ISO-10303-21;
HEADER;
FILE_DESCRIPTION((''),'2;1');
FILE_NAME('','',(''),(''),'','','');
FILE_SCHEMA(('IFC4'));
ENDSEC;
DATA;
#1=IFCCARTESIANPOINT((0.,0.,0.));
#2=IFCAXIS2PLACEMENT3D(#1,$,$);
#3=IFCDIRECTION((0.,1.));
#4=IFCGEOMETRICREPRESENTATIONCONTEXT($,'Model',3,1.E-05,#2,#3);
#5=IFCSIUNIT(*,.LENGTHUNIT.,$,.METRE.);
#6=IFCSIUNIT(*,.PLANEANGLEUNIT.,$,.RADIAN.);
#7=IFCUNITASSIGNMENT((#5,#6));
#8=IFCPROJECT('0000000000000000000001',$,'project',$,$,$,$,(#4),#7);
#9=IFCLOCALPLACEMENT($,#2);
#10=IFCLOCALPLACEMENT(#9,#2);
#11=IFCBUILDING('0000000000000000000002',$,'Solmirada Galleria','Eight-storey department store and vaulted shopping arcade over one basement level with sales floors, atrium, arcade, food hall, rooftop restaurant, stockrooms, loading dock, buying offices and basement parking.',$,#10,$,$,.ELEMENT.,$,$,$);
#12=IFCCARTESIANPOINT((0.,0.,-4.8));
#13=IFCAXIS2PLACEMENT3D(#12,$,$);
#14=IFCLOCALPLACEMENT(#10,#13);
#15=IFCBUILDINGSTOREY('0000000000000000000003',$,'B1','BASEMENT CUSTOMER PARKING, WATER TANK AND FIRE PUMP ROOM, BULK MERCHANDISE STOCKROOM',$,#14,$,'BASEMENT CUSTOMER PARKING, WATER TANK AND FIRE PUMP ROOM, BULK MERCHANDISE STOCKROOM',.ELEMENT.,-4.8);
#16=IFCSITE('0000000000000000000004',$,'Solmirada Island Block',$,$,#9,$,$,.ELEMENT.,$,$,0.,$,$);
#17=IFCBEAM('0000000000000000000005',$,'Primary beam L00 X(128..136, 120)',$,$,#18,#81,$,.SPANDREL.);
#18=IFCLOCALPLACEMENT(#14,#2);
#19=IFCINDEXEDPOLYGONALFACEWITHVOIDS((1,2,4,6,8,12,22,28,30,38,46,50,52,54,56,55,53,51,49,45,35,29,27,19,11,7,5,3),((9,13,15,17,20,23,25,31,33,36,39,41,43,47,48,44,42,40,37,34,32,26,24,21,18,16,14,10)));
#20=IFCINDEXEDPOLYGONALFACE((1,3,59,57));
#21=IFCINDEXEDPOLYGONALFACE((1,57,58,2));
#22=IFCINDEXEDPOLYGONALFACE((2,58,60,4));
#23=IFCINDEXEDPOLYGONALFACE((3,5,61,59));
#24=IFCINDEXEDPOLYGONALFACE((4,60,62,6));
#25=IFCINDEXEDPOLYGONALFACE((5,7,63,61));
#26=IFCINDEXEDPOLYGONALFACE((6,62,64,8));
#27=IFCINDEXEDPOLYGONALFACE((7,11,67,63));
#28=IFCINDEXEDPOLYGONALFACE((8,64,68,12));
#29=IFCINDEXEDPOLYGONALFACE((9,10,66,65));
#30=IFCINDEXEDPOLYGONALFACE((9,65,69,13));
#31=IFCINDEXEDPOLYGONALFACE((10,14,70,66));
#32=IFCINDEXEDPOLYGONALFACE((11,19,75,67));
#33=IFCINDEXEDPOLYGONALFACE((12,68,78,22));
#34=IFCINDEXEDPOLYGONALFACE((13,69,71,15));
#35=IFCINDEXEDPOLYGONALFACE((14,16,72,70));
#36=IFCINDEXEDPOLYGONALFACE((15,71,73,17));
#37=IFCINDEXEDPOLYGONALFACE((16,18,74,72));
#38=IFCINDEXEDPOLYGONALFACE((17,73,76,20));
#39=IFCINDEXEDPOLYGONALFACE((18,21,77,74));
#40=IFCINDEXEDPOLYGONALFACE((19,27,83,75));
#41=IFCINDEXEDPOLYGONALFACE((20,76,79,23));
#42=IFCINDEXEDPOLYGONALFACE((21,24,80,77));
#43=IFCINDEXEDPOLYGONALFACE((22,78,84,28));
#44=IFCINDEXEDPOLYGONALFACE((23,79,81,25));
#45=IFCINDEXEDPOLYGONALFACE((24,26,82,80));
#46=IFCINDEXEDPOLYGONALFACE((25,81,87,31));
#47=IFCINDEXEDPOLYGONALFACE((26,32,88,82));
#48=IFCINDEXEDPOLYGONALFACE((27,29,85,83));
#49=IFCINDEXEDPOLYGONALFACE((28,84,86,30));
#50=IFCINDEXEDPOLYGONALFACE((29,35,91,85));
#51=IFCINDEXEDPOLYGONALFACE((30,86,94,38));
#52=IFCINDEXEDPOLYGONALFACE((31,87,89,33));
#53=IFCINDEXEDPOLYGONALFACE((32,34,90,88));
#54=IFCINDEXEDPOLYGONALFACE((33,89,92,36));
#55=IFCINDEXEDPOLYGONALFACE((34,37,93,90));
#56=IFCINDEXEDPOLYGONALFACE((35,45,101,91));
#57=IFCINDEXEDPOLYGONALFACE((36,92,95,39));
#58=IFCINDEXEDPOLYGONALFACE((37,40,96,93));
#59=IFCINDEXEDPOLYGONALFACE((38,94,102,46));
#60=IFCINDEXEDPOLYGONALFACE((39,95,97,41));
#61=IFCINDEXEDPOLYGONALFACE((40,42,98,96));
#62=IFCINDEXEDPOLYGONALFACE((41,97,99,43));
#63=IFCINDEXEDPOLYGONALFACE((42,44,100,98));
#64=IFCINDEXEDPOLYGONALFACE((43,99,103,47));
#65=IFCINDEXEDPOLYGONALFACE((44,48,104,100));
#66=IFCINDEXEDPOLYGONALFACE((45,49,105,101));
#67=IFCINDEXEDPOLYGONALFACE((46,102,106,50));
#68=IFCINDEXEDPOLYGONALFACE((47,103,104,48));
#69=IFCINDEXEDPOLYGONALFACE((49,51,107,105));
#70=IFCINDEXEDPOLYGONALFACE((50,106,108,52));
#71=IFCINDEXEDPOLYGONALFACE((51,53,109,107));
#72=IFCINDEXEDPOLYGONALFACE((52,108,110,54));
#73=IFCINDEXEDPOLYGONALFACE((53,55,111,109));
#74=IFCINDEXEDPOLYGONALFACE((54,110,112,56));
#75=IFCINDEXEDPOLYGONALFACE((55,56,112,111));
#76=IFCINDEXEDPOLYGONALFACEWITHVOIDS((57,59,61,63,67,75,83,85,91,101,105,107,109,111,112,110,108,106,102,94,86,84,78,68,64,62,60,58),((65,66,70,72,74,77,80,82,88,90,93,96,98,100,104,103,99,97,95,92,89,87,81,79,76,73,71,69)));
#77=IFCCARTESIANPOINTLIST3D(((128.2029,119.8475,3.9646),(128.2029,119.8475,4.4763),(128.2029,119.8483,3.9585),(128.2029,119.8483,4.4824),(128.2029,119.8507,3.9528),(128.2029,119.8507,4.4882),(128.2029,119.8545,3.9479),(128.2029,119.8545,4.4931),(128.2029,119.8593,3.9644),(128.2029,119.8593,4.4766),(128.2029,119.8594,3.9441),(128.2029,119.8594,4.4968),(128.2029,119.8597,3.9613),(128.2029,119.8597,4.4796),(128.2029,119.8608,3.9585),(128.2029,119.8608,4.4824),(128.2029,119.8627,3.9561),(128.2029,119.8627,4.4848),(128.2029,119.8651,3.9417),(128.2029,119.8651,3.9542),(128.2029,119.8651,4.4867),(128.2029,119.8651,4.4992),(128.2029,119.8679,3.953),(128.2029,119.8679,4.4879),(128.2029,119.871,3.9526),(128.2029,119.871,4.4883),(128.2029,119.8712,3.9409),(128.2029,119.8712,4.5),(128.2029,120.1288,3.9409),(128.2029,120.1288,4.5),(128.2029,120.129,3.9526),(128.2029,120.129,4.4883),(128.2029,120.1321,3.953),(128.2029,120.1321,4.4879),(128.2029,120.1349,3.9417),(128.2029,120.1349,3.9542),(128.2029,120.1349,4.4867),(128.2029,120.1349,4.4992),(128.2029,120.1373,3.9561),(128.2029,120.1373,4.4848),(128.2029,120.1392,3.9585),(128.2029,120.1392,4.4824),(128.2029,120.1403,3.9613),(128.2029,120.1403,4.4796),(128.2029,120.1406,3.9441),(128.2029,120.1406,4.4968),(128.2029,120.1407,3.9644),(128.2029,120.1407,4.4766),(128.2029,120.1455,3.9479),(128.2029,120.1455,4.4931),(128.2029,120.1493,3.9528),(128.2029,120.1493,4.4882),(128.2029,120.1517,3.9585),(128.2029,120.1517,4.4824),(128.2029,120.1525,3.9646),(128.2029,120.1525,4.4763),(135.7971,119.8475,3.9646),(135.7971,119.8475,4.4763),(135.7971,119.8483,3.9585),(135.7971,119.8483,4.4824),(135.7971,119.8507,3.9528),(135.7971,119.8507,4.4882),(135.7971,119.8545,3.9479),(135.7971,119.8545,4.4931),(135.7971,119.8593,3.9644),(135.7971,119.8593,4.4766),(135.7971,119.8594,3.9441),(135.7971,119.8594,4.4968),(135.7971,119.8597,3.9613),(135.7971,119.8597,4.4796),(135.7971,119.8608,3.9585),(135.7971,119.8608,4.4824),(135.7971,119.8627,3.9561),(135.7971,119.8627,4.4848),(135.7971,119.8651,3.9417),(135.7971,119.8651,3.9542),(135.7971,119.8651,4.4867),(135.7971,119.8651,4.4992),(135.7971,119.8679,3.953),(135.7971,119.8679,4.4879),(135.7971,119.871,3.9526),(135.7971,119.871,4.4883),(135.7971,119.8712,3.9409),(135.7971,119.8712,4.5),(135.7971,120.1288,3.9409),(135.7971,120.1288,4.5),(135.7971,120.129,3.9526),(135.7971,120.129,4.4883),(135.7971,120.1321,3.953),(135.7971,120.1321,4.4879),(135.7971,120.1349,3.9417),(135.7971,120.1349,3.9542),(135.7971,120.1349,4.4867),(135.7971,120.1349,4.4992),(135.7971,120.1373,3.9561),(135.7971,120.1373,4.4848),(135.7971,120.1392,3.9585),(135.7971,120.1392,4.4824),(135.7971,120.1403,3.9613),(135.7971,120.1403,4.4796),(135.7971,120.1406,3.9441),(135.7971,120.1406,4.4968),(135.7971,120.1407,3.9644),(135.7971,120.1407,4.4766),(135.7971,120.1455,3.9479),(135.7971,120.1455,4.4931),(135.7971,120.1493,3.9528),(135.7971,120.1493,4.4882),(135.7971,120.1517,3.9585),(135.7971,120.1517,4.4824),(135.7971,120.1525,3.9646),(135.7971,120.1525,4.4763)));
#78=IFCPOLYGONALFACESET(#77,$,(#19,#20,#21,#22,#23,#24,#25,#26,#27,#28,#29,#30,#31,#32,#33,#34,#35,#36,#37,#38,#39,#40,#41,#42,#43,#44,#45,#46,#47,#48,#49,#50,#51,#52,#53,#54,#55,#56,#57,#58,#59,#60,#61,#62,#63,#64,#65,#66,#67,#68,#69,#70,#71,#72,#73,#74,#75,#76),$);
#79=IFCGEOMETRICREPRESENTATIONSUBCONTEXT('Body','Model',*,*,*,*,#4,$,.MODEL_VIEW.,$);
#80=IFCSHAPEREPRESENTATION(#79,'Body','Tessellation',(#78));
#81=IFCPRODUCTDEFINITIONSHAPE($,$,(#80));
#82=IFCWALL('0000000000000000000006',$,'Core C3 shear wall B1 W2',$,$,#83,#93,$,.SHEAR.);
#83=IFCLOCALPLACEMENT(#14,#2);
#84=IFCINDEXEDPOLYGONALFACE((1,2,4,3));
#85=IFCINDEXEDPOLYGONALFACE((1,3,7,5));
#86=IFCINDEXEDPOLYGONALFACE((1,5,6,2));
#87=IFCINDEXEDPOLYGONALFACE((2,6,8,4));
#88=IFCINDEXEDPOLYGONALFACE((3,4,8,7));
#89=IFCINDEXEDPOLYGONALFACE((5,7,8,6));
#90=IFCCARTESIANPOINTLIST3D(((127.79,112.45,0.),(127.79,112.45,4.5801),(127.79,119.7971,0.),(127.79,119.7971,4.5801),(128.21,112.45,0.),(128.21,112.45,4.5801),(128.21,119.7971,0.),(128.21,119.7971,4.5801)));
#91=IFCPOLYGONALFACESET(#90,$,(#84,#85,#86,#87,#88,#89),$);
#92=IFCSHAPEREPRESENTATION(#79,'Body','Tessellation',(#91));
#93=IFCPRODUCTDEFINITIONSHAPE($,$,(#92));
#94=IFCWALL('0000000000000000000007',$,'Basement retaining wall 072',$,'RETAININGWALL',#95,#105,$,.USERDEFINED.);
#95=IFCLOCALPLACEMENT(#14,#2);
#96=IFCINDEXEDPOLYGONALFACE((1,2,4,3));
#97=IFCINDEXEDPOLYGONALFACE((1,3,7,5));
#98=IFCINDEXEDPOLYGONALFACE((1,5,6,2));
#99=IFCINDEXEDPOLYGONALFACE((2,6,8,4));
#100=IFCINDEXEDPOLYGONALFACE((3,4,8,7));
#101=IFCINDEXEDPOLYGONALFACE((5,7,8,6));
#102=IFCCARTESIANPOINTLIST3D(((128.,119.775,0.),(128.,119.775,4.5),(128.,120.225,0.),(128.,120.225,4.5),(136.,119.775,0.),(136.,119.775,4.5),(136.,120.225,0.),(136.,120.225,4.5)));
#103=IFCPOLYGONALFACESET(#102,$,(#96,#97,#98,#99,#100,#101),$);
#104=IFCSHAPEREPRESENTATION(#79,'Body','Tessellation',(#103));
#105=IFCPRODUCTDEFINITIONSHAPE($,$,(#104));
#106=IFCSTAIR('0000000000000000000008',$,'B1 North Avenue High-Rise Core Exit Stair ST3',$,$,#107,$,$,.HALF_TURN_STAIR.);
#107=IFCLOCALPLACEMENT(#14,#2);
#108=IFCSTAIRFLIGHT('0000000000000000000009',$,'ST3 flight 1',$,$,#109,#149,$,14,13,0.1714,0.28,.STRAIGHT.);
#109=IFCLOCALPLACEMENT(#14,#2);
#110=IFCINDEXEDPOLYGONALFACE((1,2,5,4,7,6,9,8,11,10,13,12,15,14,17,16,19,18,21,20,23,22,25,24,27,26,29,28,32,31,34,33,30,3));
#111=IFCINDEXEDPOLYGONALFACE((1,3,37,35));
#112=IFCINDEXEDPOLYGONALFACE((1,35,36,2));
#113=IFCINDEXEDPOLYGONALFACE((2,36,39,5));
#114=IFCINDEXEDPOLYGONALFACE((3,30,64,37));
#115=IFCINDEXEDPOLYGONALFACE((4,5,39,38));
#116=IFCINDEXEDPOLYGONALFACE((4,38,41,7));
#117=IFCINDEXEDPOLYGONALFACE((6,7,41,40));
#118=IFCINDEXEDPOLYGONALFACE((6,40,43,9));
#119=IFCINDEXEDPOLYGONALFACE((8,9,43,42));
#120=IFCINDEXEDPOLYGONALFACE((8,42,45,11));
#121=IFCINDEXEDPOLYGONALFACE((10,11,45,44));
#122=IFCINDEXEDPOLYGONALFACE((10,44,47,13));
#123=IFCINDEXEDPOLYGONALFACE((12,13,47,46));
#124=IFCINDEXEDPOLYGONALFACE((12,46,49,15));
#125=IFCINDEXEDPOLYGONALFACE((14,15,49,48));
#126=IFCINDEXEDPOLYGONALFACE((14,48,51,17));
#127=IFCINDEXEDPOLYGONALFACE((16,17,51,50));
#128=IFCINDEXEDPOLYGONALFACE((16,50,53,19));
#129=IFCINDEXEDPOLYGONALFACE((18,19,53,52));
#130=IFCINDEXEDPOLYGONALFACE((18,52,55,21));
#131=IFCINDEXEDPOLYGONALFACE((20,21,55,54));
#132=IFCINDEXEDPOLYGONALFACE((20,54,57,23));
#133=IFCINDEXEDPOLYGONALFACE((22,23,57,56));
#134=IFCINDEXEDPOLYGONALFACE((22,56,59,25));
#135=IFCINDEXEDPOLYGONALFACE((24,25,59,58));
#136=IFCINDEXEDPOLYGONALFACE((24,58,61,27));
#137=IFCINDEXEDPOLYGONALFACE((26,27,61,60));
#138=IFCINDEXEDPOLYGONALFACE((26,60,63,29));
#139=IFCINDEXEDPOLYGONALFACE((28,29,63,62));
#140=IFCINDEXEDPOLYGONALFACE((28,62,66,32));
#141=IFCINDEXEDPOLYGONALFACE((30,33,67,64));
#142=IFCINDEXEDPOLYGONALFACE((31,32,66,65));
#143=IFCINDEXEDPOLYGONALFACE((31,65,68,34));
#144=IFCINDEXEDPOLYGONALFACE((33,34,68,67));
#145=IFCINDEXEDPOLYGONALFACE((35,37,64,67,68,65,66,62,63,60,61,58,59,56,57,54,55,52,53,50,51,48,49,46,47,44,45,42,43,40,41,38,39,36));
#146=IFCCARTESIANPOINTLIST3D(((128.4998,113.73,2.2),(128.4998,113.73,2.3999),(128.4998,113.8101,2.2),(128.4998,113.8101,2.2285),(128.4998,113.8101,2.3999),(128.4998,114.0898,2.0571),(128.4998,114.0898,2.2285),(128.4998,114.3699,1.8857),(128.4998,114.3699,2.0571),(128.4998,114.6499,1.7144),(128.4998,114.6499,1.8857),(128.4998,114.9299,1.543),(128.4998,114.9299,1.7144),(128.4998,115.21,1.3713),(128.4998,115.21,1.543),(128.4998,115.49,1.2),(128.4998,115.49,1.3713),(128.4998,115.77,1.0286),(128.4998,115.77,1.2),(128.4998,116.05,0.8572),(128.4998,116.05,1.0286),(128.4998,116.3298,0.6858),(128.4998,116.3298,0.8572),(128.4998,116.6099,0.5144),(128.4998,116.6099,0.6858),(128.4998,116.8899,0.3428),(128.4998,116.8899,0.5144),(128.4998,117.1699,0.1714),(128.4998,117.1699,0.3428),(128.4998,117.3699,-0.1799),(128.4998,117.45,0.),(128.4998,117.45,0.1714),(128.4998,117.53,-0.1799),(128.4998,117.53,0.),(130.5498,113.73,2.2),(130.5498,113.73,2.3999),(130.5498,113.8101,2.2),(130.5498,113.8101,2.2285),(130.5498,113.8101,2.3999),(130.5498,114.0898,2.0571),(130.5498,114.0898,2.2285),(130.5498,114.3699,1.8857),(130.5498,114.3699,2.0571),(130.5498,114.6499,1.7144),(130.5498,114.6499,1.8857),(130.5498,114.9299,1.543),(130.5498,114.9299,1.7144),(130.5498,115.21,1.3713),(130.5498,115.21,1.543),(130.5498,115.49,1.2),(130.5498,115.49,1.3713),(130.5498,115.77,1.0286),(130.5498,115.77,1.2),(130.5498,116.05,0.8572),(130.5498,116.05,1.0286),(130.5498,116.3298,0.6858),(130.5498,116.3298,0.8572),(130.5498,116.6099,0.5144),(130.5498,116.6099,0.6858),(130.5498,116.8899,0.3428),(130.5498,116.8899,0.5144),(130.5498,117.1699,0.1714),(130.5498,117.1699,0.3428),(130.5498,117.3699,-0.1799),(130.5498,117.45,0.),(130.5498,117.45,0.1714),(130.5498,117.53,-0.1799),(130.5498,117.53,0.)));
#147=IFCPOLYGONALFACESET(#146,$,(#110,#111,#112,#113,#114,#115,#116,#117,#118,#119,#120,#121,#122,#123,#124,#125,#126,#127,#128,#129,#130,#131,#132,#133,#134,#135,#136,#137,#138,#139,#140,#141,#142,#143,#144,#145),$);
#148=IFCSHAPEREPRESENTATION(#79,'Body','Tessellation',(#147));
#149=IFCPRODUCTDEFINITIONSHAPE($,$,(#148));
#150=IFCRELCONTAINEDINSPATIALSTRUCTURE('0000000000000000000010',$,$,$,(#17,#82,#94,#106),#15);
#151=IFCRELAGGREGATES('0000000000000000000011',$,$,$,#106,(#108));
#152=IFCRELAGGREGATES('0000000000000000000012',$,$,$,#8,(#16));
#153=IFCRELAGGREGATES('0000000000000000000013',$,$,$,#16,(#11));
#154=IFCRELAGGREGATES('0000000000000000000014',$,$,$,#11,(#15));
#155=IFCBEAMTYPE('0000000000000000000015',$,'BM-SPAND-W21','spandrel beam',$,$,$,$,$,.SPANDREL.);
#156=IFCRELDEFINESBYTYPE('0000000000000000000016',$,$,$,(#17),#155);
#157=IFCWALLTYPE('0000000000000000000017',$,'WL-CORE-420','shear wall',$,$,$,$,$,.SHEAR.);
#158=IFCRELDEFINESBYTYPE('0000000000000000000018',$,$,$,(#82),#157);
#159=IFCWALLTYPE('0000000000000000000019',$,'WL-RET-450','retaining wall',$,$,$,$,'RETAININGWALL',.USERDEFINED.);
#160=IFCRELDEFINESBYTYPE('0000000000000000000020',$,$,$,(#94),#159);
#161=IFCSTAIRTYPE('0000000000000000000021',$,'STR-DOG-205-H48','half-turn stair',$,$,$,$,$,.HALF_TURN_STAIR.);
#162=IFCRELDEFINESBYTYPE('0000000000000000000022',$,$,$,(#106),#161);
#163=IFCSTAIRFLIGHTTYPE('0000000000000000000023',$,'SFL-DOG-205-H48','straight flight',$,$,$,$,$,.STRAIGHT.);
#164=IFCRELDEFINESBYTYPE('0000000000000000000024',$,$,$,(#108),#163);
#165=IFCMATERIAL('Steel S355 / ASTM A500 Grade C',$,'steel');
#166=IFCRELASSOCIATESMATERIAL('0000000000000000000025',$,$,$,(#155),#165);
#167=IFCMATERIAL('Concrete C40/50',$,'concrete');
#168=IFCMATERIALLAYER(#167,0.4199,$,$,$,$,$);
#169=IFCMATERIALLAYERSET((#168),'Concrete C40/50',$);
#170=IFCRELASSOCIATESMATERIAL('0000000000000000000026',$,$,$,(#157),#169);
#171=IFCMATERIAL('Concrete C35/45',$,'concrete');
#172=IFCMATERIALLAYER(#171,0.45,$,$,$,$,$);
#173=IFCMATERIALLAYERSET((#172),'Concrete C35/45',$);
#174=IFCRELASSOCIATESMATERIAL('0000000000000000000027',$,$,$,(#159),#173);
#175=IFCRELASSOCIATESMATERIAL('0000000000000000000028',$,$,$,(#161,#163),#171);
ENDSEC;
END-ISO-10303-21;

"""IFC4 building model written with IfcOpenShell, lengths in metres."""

from ifc_helpers import new_model, si_unit, direction, frame, frame_2d, origin, origin_2d, place, context, subcontext, project, spatial, polyline, rectangle, hollow_rectangle, outline, extrude, material, layer, layer_set, material_profile, profile_set, type_object, element, aggregate, save


model = new_model("IFC4")

# Units and contexts
model_context = context("Model", 3, precision=1e-05, world=origin(), true_north=direction((0.0, 1.0)))
body_context = subcontext(model_context, "Body", "Model", "MODEL_VIEW")
ifc_project = project(units=[si_unit("LENGTHUNIT", "METRE"), si_unit("PLANEANGLEUNIT", "RADIAN")], contexts=[model_context])

# Site, building, storey
site_placement = place(None, origin())
site = spatial("IfcSite", under=ifc_project, at=site_placement, Name="Solmirada Island Block", CompositionType="ELEMENT", RefElevation=0.0)
building_placement = place(site_placement, origin())
building = spatial("IfcBuilding", under=site, at=building_placement, Name="Solmirada Galleria", Description="Eight-storey department store and vaulted shopping arcade over one basement level with sales floors, atrium, arcade, food hall, rooftop restaurant, stockrooms, loading dock, buying offices and basement parking.", CompositionType="ELEMENT")
storey_placement = place(building_placement, frame((0.0, 0.0, -4.8)))
storey = spatial("IfcBuildingStorey", under=building, at=storey_placement, Name="B1", Description="BASEMENT CUSTOMER PARKING, WATER TANK AND FIRE PUMP ROOM, BULK MERCHANDISE STOCKROOM", LongName="BASEMENT CUSTOMER PARKING, WATER TANK AND FIRE PUMP ROOM, BULK MERCHANDISE STOCKROOM", CompositionType="ELEMENT", Elevation=-4.8)

# Shared definitions
ifc_material_1 = material(Name="Concrete C35/45", Category="concrete")

# Shared definitions
ifc_material_2 = material(Name="Concrete C40/50", Category="concrete")

# Shared definitions
ifc_material_3 = material(Name="Steel S355 / ASTM A500 Grade C", Category="steel")

# Beam
ifc_material_profile_1 = material_profile(ifc_material_3, hollow_rectangle(XDim=0.3049, YDim=0.5591, WallThickness=0.0117, InnerFilletRadius=0.0117, OuterFilletRadius=0.0237, at=origin_2d()), Name="HSS22X12X1/2")
ifc_profile_set_1 = profile_set([ifc_material_profile_1], Name="Steel S355 / ASTM A500 Grade C")
beam_type_1 = type_object("IfcBeamType", Name="BM-SPAND-W21", Description="spandrel beam", PredefinedType="SPANDREL", material=ifc_profile_set_1)
beam_1_placement = place(storey_placement, frame((128.2029, 120.0, 4.2205), z_axis=(1.0, 0.0, 0.0), x_axis=(0.0, 1.0, 0.0)))
element("IfcBeam", 1, at=beam_1_placement, inside=storey, type_object=beam_type_1, Name="Primary beam L00 X(128..136, 120)", PredefinedType="SPANDREL", context=body_context, shape_type="SweptSolid", body=[
    extrude(hollow_rectangle(XDim=0.3049, YDim=0.5591, WallThickness=0.0117, InnerFilletRadius=0.0117, OuterFilletRadius=0.0237, at=origin_2d()), origin(), (0.0, 0.0, 1.0), 7.5942),
])

# Walls
ifc_layer_1 = layer(ifc_material_2, 0.4199)
ifc_layer_set_1 = layer_set([ifc_layer_1], Name="Concrete C40/50")
wall_type_1 = type_object("IfcWallType", Name="WL-CORE-420", Description="shear wall", PredefinedType="SHEAR", material=ifc_layer_set_1)
wall_1_placement = place(storey_placement, frame((128.0, 112.45, 0.0), z_axis=(0.0, 0.0, 1.0), x_axis=(0.0, 1.0, 0.0)))
element("IfcWall", 2, at=wall_1_placement, inside=storey, type_object=wall_type_1, Name="Core C3 shear wall B1 W2", PredefinedType="SHEAR", context=body_context, shape_type="SweptSolid", body=[
    extrude(rectangle(XDim=7.3472, YDim=0.4199, at=frame_2d((3.6736, 0.0))), origin(), (0.0, 0.0, 1.0), 4.5801),
])
ifc_layer_2 = layer(ifc_material_1, 0.45)
ifc_layer_set_2 = layer_set([ifc_layer_2], Name="Concrete C35/45")
wall_type_2 = type_object("IfcWallType", Name="WL-RET-450", Description="retaining wall", ElementType="RETAININGWALL", PredefinedType="USERDEFINED", material=ifc_layer_set_2)
wall_2_placement = place(storey_placement, frame((128.0, 120.0, 0.0), z_axis=(0.0, 0.0, 1.0), x_axis=(1.0, 0.0, 0.0)))
element("IfcWall", 3, at=wall_2_placement, inside=storey, type_object=wall_type_2, Name="Basement retaining wall 072", ObjectType="RETAININGWALL", PredefinedType="USERDEFINED", context=body_context, shape_type="SweptSolid", body=[
    extrude(rectangle(XDim=8.0, YDim=0.45, at=frame_2d((4.0, 0.0))), origin(), (0.0, 0.0, 1.0), 4.5),
])

# Stair, stair flight
stair_type = type_object("IfcStairType", Name="STR-DOG-205-H48", Description="half-turn stair", PredefinedType="HALF_TURN_STAIR", material=ifc_material_1)
stair_placement = place(storey_placement, origin())
stair = element("IfcStair", 4, at=stair_placement, inside=storey, type_object=stair_type, Name="B1 North Avenue High-Rise Core Exit Stair ST3", PredefinedType="HALF_TURN_STAIR")
stair_flight_type = type_object("IfcStairFlightType", Name="SFL-DOG-205-H48", Description="straight flight", PredefinedType="STRAIGHT", material=ifc_material_1)
stair_flight_1_placement = place(storey_placement, frame((129.5249, 117.45, 0.0), z_axis=(0.0, 0.0, 1.0), x_axis=(0.0, -1.0, 0.0)))
stair_flight_1 = element("IfcStairFlight", 5, at=stair_flight_1_placement, type_object=stair_flight_type, Name="ST3 flight 1", NumberOfRisers=14, NumberOfTreads=13, PredefinedType="STRAIGHT", RiserHeight=0.1714, TreadLength=0.28, context=body_context, shape_type="SweptSolid", body=[
    extrude(outline(polyline([(-0.0801, 0.0), (0.0, 0.0), (0.0, 0.1714), (0.28, 0.1714), (0.28, 0.3428), (0.5601, 0.3428), (0.5601, 0.5144), (0.8401, 0.5144), (0.8401, 0.6858), (1.1201, 0.6858), (1.1201, 0.8572), (1.3999, 0.8572), (1.3999, 1.0286), (1.6799, 1.0286), (1.6799, 1.2), (1.96, 1.2), (1.96, 1.3713), (2.24, 1.3713), (2.24, 1.543), (2.52, 1.543), (2.52, 1.7144), (2.8, 1.7144), (2.8, 1.8857), (3.0801, 1.8857), (3.0801, 2.0571), (3.3601, 2.0571), (3.3601, 2.2285), (3.6399, 2.2285), (3.6399, 2.3999), (3.72, 2.3999), (3.72, 2.2), (3.6399, 2.2), (0.0801, -0.1799), (-0.0801, -0.1799), (-0.0801, 0.0)])), frame((0.0, 1.0249, 0.0), z_axis=(0.0, -1.0, 0.0), x_axis=(1.0, 0.0, 0.0)), (0.0, 0.0, 1.0), 2.05),
])
aggregate(stair, [stair_flight_1])

save(model, "model.ifc")
